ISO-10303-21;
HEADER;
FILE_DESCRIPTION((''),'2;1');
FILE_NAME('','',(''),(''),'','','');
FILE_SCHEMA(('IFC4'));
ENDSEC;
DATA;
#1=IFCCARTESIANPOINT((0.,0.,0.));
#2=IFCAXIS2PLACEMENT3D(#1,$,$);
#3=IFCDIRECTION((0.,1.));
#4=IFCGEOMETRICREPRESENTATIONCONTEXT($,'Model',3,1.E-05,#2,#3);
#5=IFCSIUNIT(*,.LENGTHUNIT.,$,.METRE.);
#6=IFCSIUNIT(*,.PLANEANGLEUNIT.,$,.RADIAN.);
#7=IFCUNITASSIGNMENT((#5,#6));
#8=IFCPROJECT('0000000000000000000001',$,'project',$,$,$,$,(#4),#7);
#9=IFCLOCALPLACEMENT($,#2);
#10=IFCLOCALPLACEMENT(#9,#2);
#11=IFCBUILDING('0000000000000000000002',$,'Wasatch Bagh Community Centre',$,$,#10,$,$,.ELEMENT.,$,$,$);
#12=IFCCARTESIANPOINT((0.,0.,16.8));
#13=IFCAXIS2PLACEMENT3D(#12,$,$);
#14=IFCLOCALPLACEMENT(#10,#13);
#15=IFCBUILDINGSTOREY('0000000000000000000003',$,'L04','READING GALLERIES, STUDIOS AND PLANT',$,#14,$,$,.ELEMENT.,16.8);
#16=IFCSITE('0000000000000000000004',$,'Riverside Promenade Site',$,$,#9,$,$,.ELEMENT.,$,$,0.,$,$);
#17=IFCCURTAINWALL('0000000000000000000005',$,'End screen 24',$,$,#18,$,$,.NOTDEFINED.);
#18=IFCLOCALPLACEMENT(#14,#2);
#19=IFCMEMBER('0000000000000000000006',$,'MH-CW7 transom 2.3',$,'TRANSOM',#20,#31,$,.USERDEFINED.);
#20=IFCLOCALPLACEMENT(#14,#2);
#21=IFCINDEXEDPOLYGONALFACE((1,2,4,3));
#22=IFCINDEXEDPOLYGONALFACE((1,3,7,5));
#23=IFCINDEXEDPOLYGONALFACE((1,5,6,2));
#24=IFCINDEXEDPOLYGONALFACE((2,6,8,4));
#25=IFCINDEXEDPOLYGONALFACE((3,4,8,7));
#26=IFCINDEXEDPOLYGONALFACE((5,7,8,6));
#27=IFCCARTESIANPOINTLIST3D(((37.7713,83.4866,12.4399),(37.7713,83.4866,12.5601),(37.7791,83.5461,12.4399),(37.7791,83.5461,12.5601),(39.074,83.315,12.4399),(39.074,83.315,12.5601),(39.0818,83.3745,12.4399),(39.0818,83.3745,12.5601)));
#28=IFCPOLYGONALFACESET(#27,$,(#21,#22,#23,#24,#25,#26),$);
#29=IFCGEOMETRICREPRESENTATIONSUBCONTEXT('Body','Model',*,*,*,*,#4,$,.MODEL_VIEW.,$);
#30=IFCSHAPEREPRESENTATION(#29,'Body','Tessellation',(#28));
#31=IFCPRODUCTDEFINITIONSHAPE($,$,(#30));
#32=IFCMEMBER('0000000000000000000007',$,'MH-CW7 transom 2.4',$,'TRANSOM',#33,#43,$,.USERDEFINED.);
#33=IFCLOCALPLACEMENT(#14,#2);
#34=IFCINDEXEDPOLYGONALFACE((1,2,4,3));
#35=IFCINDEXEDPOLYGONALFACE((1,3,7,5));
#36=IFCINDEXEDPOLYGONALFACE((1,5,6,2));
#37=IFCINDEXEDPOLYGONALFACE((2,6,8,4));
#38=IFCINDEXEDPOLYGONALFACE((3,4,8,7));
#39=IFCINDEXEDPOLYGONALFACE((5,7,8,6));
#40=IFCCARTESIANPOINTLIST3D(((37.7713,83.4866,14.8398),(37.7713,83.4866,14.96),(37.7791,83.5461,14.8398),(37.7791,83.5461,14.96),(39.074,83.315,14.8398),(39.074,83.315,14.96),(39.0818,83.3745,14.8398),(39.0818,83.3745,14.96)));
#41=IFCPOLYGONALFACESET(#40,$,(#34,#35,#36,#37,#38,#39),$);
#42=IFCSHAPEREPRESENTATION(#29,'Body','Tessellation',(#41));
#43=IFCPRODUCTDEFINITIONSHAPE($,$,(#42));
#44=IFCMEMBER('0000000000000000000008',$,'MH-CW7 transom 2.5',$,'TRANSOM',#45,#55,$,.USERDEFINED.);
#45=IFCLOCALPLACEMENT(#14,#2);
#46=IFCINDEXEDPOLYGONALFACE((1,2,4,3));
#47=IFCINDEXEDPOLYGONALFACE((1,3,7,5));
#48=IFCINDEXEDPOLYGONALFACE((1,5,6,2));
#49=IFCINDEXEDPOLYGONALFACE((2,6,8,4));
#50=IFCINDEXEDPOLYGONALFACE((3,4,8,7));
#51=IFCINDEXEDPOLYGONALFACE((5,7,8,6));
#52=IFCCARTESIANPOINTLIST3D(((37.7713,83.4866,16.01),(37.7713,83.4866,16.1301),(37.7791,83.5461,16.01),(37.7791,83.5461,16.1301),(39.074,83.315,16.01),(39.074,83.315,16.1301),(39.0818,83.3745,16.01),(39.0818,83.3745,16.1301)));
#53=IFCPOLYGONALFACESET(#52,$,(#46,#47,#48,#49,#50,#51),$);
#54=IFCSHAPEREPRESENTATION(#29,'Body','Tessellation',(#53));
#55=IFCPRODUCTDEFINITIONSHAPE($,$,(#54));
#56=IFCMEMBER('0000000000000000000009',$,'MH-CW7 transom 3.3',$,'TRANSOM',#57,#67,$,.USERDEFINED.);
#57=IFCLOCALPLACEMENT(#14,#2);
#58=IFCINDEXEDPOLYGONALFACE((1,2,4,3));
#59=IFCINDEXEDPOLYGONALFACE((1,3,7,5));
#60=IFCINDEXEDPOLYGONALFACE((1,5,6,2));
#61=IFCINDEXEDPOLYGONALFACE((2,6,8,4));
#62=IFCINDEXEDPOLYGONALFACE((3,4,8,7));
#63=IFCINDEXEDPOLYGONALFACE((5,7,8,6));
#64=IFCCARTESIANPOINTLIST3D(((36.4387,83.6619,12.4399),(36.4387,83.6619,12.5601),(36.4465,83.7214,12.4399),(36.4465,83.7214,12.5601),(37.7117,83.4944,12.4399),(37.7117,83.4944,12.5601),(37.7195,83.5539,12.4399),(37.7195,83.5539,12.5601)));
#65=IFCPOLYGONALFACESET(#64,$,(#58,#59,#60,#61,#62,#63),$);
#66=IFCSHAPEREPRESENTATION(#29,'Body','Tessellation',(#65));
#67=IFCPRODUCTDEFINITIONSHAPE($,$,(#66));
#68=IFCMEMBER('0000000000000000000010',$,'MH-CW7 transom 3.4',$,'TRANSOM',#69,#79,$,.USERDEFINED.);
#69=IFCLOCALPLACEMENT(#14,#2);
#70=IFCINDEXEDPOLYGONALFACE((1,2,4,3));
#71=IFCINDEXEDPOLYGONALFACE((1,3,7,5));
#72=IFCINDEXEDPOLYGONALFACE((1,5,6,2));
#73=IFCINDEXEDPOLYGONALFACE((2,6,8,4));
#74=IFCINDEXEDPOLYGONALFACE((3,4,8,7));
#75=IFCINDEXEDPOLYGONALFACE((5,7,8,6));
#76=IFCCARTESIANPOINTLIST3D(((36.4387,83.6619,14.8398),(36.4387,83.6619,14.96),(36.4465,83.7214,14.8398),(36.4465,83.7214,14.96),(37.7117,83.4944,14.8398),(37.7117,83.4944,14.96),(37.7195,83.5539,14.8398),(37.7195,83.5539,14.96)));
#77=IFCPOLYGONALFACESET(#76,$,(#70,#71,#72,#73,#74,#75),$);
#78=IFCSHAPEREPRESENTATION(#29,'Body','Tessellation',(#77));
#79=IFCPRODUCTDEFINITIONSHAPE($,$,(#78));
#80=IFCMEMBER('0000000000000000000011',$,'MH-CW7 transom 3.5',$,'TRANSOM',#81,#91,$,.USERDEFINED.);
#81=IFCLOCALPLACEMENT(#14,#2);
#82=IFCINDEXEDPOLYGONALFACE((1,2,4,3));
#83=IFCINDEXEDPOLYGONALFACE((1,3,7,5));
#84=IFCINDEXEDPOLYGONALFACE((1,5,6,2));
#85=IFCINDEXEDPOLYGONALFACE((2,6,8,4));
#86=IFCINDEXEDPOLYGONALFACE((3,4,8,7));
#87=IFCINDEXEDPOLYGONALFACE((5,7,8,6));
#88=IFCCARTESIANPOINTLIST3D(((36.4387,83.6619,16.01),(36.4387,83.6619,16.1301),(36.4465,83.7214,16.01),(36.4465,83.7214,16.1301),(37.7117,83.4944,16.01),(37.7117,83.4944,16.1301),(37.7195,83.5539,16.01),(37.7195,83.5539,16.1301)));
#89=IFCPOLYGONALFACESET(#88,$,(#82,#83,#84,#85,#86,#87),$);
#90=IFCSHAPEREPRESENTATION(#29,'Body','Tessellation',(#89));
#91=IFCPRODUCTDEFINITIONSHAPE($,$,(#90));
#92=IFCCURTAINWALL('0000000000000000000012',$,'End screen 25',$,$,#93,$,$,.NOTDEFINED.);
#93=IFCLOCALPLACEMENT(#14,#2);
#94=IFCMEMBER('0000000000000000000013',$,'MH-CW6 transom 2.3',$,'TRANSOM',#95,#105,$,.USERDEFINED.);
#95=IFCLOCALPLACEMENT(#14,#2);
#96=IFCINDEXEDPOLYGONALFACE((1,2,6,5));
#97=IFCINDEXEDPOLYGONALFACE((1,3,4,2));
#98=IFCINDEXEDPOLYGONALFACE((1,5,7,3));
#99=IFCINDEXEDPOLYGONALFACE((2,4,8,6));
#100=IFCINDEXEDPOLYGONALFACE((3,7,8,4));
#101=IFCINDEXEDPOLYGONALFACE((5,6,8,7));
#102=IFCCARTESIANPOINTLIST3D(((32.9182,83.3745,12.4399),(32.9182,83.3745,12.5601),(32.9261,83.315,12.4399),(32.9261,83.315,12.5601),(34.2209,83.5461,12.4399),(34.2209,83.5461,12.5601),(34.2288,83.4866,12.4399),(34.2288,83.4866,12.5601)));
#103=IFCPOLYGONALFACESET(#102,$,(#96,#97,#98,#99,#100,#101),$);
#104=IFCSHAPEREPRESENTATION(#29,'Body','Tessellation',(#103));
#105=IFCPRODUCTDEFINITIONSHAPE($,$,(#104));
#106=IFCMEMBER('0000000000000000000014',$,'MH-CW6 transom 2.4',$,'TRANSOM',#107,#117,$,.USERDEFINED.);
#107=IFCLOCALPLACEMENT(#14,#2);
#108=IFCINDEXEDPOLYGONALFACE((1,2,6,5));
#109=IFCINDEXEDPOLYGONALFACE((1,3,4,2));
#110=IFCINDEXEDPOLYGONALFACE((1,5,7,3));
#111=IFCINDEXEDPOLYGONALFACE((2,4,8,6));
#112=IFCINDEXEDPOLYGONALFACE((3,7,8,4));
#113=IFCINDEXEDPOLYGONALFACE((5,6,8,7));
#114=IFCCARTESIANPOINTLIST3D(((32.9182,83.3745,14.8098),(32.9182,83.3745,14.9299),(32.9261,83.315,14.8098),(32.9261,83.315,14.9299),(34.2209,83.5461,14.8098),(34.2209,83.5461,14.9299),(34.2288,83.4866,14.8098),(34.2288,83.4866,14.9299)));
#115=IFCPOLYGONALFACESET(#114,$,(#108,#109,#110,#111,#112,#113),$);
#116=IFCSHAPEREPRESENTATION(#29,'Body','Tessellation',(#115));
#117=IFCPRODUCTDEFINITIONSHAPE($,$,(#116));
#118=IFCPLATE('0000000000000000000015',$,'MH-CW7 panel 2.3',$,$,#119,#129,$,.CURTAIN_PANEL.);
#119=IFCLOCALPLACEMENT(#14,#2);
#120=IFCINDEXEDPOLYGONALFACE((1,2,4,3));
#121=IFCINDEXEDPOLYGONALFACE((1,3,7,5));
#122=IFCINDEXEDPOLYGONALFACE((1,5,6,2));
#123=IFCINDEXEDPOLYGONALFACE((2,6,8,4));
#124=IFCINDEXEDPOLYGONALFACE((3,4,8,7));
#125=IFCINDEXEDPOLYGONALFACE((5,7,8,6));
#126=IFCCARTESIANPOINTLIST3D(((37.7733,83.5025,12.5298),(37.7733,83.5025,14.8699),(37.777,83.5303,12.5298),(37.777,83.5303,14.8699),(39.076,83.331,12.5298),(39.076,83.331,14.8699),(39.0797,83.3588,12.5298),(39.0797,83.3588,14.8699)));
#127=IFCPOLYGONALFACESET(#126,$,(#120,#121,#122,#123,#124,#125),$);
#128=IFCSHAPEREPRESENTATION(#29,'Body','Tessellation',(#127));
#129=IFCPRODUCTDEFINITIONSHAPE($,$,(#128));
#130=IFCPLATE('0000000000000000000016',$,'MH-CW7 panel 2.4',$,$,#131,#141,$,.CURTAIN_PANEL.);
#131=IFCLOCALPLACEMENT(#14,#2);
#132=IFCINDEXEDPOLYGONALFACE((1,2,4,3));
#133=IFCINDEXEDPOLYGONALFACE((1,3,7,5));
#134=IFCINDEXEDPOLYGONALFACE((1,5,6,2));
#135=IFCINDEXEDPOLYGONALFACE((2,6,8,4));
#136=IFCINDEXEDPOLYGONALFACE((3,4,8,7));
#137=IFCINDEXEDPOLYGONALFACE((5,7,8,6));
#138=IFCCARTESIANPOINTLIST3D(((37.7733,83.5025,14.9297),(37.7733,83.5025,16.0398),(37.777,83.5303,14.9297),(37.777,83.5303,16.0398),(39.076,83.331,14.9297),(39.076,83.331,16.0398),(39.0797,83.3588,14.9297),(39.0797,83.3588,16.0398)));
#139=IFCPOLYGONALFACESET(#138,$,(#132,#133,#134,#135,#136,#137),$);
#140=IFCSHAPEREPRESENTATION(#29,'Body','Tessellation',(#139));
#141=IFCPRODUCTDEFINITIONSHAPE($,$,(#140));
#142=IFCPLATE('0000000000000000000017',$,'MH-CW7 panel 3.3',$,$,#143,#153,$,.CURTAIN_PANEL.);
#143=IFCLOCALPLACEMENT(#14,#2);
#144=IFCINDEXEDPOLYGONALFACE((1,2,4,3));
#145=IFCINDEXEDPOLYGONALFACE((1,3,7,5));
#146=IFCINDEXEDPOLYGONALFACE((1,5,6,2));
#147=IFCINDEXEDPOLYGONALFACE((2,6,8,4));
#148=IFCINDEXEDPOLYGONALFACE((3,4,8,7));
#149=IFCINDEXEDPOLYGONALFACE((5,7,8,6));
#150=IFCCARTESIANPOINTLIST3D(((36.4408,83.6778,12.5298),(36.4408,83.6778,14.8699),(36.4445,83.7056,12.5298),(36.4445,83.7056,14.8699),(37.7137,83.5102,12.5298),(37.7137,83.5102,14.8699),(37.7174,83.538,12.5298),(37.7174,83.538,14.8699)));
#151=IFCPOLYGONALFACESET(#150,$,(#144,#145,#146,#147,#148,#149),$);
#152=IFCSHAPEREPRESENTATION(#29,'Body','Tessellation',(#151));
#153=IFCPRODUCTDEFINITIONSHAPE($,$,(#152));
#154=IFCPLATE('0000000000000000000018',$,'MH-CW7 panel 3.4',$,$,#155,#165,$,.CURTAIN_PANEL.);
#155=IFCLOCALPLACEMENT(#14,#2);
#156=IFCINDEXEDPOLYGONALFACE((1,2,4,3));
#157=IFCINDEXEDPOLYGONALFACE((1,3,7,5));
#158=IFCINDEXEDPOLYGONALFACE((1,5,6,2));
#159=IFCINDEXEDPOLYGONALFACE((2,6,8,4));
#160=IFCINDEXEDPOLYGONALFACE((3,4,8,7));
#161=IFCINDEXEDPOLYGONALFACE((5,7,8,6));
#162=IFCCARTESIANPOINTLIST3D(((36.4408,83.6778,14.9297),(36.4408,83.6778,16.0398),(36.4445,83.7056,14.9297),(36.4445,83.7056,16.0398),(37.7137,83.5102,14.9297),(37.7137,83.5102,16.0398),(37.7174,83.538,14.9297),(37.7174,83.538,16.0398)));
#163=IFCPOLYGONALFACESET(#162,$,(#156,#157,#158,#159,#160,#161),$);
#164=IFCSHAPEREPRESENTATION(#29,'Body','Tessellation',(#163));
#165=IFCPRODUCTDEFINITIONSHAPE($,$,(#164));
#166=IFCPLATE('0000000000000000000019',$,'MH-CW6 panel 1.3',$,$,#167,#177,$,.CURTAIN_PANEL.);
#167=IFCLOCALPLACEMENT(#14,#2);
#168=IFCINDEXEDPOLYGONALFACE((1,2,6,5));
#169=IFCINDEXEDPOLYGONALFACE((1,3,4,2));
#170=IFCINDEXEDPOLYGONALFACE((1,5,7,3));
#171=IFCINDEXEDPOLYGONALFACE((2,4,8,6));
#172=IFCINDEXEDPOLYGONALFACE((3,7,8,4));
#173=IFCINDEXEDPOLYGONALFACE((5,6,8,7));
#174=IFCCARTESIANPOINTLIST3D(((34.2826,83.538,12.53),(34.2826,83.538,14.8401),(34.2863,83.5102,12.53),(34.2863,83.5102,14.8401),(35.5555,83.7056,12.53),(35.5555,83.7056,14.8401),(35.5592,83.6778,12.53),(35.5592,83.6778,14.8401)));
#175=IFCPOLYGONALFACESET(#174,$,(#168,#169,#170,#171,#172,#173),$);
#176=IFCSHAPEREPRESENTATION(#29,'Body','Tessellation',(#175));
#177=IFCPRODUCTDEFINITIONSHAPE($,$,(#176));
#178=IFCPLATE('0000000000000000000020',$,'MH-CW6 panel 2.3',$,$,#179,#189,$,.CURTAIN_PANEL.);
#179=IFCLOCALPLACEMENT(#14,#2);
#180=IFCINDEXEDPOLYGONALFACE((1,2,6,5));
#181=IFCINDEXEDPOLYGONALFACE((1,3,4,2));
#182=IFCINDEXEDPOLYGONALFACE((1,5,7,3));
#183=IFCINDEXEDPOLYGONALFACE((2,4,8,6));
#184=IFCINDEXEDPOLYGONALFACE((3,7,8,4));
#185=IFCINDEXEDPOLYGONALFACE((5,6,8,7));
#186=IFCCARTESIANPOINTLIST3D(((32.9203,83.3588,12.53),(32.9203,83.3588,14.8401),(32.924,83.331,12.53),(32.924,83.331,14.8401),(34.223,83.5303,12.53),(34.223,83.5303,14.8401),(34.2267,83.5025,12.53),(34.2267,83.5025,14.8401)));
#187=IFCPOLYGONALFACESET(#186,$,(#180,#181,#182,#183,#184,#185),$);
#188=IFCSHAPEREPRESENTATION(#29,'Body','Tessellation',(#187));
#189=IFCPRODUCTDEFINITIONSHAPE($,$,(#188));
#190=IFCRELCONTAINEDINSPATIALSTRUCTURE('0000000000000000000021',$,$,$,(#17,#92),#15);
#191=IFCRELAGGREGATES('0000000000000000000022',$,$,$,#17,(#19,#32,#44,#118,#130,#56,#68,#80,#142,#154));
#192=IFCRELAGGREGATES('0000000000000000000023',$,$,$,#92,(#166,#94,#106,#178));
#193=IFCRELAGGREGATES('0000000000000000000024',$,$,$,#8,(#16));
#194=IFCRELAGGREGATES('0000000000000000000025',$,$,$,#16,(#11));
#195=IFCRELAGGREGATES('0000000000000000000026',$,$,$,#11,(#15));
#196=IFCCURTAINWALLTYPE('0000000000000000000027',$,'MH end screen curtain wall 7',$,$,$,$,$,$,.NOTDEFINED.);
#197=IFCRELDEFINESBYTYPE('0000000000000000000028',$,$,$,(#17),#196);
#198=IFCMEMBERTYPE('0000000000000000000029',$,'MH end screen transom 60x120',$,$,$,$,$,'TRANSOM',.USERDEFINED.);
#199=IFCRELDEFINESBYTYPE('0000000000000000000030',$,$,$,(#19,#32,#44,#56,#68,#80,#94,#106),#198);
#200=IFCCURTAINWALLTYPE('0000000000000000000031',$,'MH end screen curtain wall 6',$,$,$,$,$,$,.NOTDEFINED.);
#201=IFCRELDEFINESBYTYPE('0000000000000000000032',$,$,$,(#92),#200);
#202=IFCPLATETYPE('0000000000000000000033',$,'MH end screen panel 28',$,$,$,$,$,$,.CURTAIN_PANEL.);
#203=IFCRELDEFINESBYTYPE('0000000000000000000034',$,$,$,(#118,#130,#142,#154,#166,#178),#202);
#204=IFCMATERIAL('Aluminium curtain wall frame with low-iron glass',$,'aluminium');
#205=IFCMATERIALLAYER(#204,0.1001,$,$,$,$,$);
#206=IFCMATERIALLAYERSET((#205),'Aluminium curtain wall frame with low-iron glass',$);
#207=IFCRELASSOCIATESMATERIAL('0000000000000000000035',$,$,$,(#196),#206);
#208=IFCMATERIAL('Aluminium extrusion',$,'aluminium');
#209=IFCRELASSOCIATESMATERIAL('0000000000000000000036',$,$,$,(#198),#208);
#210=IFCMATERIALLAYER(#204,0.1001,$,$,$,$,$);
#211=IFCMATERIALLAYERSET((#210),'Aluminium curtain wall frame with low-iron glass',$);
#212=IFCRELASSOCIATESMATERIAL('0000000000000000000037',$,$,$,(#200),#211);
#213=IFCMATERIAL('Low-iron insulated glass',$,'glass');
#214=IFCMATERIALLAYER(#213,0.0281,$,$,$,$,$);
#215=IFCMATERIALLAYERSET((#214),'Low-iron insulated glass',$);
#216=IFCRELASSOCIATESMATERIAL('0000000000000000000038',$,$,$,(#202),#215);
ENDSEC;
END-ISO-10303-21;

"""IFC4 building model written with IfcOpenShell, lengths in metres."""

from ifc_helpers import new_model, si_unit, direction, frame, origin, origin_2d, place, context, subcontext, project, spatial, rectangle, extrude, material, layer, layer_set, material_profile, profile_set, type_object, element, aggregate, save


model = new_model("IFC4")

# Units and contexts
model_context = context("Model", 3, precision=1e-05, world=origin(), true_north=direction((0.0, 1.0)))
body_context = subcontext(model_context, "Body", "Model", "MODEL_VIEW")
ifc_project = project(units=[si_unit("LENGTHUNIT", "METRE"), si_unit("PLANEANGLEUNIT", "RADIAN")], contexts=[model_context])

# Site, building, storey
site_placement = place(None, origin())
site = spatial("IfcSite", under=ifc_project, at=site_placement, Name="Riverside Promenade Site", CompositionType="ELEMENT", RefElevation=0.0)
building_placement = place(site_placement, origin())
building = spatial("IfcBuilding", under=site, at=building_placement, Name="Wasatch Bagh Community Centre", CompositionType="ELEMENT")
storey_placement = place(building_placement, frame((0.0, 0.0, 16.8)))
storey = spatial("IfcBuildingStorey", under=building, at=storey_placement, Name="L04", Description="READING GALLERIES, STUDIOS AND PLANT", CompositionType="ELEMENT", Elevation=16.8)

# Curtain walls, members
ifc_material_1 = material(Name="Aluminium curtain wall frame with low-iron glass", Category="aluminium")
ifc_layer_1 = layer(ifc_material_1, 0.1001)
ifc_layer_set_1 = layer_set([ifc_layer_1], Name="Aluminium curtain wall frame with low-iron glass")
curtain_wall_type_1 = type_object("IfcCurtainWallType", Name="MH end screen curtain wall 7", PredefinedType="NOTDEFINED", material=ifc_layer_set_1)
curtain_wall_1_placement = place(storey_placement, origin())
curtain_wall_1 = element("IfcCurtainWall", 1, at=curtain_wall_1_placement, inside=storey, type_object=curtain_wall_type_1, Name="End screen 24", PredefinedType="NOTDEFINED")
ifc_material_2 = material(Name="Aluminium extrusion", Category="aluminium")
ifc_material_profile = material_profile(ifc_material_2, rectangle(XDim=0.0601, YDim=0.1201, at=origin_2d()), Name="AL 60x120")
ifc_profile_set = profile_set([ifc_material_profile], Name="Aluminium extrusion")
member_type = type_object("IfcMemberType", Name="MH end screen transom 60x120", ElementType="TRANSOM", PredefinedType="USERDEFINED", material=ifc_profile_set)
member_1_placement = place(storey_placement, frame((39.0779, 83.3447, 12.5), z_axis=(-0.991433, 0.130618, 0.0), x_axis=(-0.130618, -0.991433, 0.0)))
member_1 = element("IfcMember", 2, at=member_1_placement, type_object=member_type, Name="MH-CW7 transom 2.3", ObjectType="TRANSOM", PredefinedType="USERDEFINED", context=body_context, shape_type="SweptSolid", body=[
    extrude(rectangle(XDim=0.0601, YDim=0.1201, at=origin_2d()), origin(), (0.0, 0.0, 1.0), 1.314),
])
member_2_placement = place(storey_placement, frame((39.0779, 83.3447, 14.8999), z_axis=(-0.991433, 0.130618, 0.0), x_axis=(-0.130618, -0.991433, 0.0)))
member_2 = element("IfcMember", 3, at=member_2_placement, type_object=member_type, Name="MH-CW7 transom 2.4", ObjectType="TRANSOM", PredefinedType="USERDEFINED", context=body_context, shape_type="SweptSolid", body=[
    extrude(rectangle(XDim=0.0601, YDim=0.1201, at=origin_2d()), origin(), (0.0, 0.0, 1.0), 1.314),
])
member_3_placement = place(storey_placement, frame((39.0779, 83.3447, 16.0701), z_axis=(-0.991433, 0.130618, 0.0), x_axis=(-0.130618, -0.991433, 0.0)))
member_3 = element("IfcMember", 4, at=member_3_placement, type_object=member_type, Name="MH-CW7 transom 2.5", ObjectType="TRANSOM", PredefinedType="USERDEFINED", context=body_context, shape_type="SweptSolid", body=[
    extrude(rectangle(XDim=0.0601, YDim=0.1201, at=origin_2d()), origin(), (0.0, 0.0, 1.0), 1.314),
])
member_4_placement = place(storey_placement, frame((37.7156, 83.5242, 12.5), z_axis=(-0.991456, 0.130445, 0.0), x_axis=(-0.130445, -0.991456, 0.0)))
member_4 = element("IfcMember", 5, at=member_4_placement, type_object=member_type, Name="MH-CW7 transom 3.3", ObjectType="TRANSOM", PredefinedType="USERDEFINED", context=body_context, shape_type="SweptSolid", body=[
    extrude(rectangle(XDim=0.0601, YDim=0.1201, at=origin_2d()), origin(), (0.0, 0.0, 1.0), 1.2839),
])
member_5_placement = place(storey_placement, frame((37.7156, 83.5242, 14.8999), z_axis=(-0.991456, 0.130445, 0.0), x_axis=(-0.130445, -0.991456, 0.0)))
member_5 = element("IfcMember", 6, at=member_5_placement, type_object=member_type, Name="MH-CW7 transom 3.4", ObjectType="TRANSOM", PredefinedType="USERDEFINED", context=body_context, shape_type="SweptSolid", body=[
    extrude(rectangle(XDim=0.0601, YDim=0.1201, at=origin_2d()), origin(), (0.0, 0.0, 1.0), 1.2839),
])
member_6_placement = place(storey_placement, frame((37.7156, 83.5242, 16.0701), z_axis=(-0.991456, 0.130445, 0.0), x_axis=(-0.130445, -0.991456, 0.0)))
member_6 = element("IfcMember", 7, at=member_6_placement, type_object=member_type, Name="MH-CW7 transom 3.5", ObjectType="TRANSOM", PredefinedType="USERDEFINED", context=body_context, shape_type="SweptSolid", body=[
    extrude(rectangle(XDim=0.0601, YDim=0.1201, at=origin_2d()), origin(), (0.0, 0.0, 1.0), 1.2839),
])
ifc_layer_2 = layer(ifc_material_1, 0.1001)
ifc_layer_set_2 = layer_set([ifc_layer_2], Name="Aluminium curtain wall frame with low-iron glass")
curtain_wall_type_2 = type_object("IfcCurtainWallType", Name="MH end screen curtain wall 6", PredefinedType="NOTDEFINED", material=ifc_layer_set_2)
curtain_wall_2_placement = place(storey_placement, origin())
curtain_wall_2 = element("IfcCurtainWall", 8, at=curtain_wall_2_placement, inside=storey, type_object=curtain_wall_type_2, Name="End screen 25", PredefinedType="NOTDEFINED")
member_7_placement = place(storey_placement, frame((34.2249, 83.5164, 12.5), z_axis=(-0.991433, -0.130618, 0.0), x_axis=(0.130618, -0.991433, 0.0)))
member_7 = element("IfcMember", 9, at=member_7_placement, type_object=member_type, Name="MH-CW6 transom 2.3", ObjectType="TRANSOM", PredefinedType="USERDEFINED", context=body_context, shape_type="SweptSolid", body=[
    extrude(rectangle(XDim=0.0601, YDim=0.1201, at=origin_2d()), origin(), (0.0, 0.0, 1.0), 1.314),
])
member_8_placement = place(storey_placement, frame((34.2249, 83.5164, 14.8699), z_axis=(-0.991433, -0.130618, 0.0), x_axis=(0.130618, -0.991433, 0.0)))
member_8 = element("IfcMember", 10, at=member_8_placement, type_object=member_type, Name="MH-CW6 transom 2.4", ObjectType="TRANSOM", PredefinedType="USERDEFINED", context=body_context, shape_type="SweptSolid", body=[
    extrude(rectangle(XDim=0.0601, YDim=0.1201, at=origin_2d()), origin(), (0.0, 0.0, 1.0), 1.314),
])

# Plates
ifc_material_3 = material(Name="Low-iron insulated glass", Category="glass")
ifc_layer_3 = layer(ifc_material_3, 0.0281)
ifc_layer_set_3 = layer_set([ifc_layer_3], Name="Low-iron insulated glass")
plate_type = type_object("IfcPlateType", Name="MH end screen panel 28", PredefinedType="CURTAIN_PANEL", material=ifc_layer_set_3)
plate_1_placement = place(storey_placement, frame((38.4265, 83.4307, 12.5298), z_axis=(0.0, 0.0, 1.0), x_axis=(-0.991445, 0.130526, 0.0)))
plate_1 = element("IfcPlate", 11, at=plate_1_placement, type_object=plate_type, Name="MH-CW7 panel 2.3", PredefinedType="CURTAIN_PANEL", context=body_context, shape_type="SweptSolid", body=[
    extrude(rectangle(XDim=1.314, YDim=0.0281, at=origin_2d()), origin(), (0.0, 0.0, 1.0), 2.3401),
])
plate_2_placement = place(storey_placement, frame((38.4265, 83.4307, 14.9297), z_axis=(0.0, 0.0, 1.0), x_axis=(-0.991445, 0.130526, 0.0)))
plate_2 = element("IfcPlate", 12, at=plate_2_placement, type_object=plate_type, Name="MH-CW7 panel 2.4", PredefinedType="CURTAIN_PANEL", context=body_context, shape_type="SweptSolid", body=[
    extrude(rectangle(XDim=1.314, YDim=0.0281, at=origin_2d()), origin(), (0.0, 0.0, 1.0), 1.1101),
])
plate_3_placement = place(storey_placement, frame((37.0791, 83.6079, 12.5298), z_axis=(0.0, 0.0, 1.0), x_axis=(-0.991445, 0.130526, 0.0)))
plate_3 = element("IfcPlate", 13, at=plate_3_placement, type_object=plate_type, Name="MH-CW7 panel 3.3", PredefinedType="CURTAIN_PANEL", context=body_context, shape_type="SweptSolid", body=[
    extrude(rectangle(XDim=1.2839, YDim=0.0281, at=origin_2d()), origin(), (0.0, 0.0, 1.0), 2.3401),
])
plate_4_placement = place(storey_placement, frame((37.0791, 83.6079, 14.9297), z_axis=(0.0, 0.0, 1.0), x_axis=(-0.991445, 0.130526, 0.0)))
plate_4 = element("IfcPlate", 14, at=plate_4_placement, type_object=plate_type, Name="MH-CW7 panel 3.4", PredefinedType="CURTAIN_PANEL", context=body_context, shape_type="SweptSolid", body=[
    extrude(rectangle(XDim=1.2839, YDim=0.0281, at=origin_2d()), origin(), (0.0, 0.0, 1.0), 1.1101),
])
aggregate(curtain_wall_1, [member_1, member_2, member_3, plate_1, plate_2, member_4, member_5, member_6, plate_3, plate_4])
plate_5_placement = place(storey_placement, frame((34.9209, 83.6079, 12.53), z_axis=(0.0, 0.0, 1.0), x_axis=(-0.991445, -0.130526, 0.0)))
plate_5 = element("IfcPlate", 15, at=plate_5_placement, type_object=plate_type, Name="MH-CW6 panel 1.3", PredefinedType="CURTAIN_PANEL", context=body_context, shape_type="SweptSolid", body=[
    extrude(rectangle(XDim=1.2839, YDim=0.0281, at=origin_2d()), origin(), (0.0, 0.0, 1.0), 2.3101),
])
plate_6_placement = place(storey_placement, frame((33.5735, 83.4307, 12.53), z_axis=(0.0, 0.0, 1.0), x_axis=(-0.991445, -0.130526, 0.0)))
plate_6 = element("IfcPlate", 16, at=plate_6_placement, type_object=plate_type, Name="MH-CW6 panel 2.3", PredefinedType="CURTAIN_PANEL", context=body_context, shape_type="SweptSolid", body=[
    extrude(rectangle(XDim=1.314, YDim=0.0281, at=origin_2d()), origin(), (0.0, 0.0, 1.0), 2.3101),
])
aggregate(curtain_wall_2, [plate_5, member_7, member_8, plate_6])

save(model, "model.ifc")
